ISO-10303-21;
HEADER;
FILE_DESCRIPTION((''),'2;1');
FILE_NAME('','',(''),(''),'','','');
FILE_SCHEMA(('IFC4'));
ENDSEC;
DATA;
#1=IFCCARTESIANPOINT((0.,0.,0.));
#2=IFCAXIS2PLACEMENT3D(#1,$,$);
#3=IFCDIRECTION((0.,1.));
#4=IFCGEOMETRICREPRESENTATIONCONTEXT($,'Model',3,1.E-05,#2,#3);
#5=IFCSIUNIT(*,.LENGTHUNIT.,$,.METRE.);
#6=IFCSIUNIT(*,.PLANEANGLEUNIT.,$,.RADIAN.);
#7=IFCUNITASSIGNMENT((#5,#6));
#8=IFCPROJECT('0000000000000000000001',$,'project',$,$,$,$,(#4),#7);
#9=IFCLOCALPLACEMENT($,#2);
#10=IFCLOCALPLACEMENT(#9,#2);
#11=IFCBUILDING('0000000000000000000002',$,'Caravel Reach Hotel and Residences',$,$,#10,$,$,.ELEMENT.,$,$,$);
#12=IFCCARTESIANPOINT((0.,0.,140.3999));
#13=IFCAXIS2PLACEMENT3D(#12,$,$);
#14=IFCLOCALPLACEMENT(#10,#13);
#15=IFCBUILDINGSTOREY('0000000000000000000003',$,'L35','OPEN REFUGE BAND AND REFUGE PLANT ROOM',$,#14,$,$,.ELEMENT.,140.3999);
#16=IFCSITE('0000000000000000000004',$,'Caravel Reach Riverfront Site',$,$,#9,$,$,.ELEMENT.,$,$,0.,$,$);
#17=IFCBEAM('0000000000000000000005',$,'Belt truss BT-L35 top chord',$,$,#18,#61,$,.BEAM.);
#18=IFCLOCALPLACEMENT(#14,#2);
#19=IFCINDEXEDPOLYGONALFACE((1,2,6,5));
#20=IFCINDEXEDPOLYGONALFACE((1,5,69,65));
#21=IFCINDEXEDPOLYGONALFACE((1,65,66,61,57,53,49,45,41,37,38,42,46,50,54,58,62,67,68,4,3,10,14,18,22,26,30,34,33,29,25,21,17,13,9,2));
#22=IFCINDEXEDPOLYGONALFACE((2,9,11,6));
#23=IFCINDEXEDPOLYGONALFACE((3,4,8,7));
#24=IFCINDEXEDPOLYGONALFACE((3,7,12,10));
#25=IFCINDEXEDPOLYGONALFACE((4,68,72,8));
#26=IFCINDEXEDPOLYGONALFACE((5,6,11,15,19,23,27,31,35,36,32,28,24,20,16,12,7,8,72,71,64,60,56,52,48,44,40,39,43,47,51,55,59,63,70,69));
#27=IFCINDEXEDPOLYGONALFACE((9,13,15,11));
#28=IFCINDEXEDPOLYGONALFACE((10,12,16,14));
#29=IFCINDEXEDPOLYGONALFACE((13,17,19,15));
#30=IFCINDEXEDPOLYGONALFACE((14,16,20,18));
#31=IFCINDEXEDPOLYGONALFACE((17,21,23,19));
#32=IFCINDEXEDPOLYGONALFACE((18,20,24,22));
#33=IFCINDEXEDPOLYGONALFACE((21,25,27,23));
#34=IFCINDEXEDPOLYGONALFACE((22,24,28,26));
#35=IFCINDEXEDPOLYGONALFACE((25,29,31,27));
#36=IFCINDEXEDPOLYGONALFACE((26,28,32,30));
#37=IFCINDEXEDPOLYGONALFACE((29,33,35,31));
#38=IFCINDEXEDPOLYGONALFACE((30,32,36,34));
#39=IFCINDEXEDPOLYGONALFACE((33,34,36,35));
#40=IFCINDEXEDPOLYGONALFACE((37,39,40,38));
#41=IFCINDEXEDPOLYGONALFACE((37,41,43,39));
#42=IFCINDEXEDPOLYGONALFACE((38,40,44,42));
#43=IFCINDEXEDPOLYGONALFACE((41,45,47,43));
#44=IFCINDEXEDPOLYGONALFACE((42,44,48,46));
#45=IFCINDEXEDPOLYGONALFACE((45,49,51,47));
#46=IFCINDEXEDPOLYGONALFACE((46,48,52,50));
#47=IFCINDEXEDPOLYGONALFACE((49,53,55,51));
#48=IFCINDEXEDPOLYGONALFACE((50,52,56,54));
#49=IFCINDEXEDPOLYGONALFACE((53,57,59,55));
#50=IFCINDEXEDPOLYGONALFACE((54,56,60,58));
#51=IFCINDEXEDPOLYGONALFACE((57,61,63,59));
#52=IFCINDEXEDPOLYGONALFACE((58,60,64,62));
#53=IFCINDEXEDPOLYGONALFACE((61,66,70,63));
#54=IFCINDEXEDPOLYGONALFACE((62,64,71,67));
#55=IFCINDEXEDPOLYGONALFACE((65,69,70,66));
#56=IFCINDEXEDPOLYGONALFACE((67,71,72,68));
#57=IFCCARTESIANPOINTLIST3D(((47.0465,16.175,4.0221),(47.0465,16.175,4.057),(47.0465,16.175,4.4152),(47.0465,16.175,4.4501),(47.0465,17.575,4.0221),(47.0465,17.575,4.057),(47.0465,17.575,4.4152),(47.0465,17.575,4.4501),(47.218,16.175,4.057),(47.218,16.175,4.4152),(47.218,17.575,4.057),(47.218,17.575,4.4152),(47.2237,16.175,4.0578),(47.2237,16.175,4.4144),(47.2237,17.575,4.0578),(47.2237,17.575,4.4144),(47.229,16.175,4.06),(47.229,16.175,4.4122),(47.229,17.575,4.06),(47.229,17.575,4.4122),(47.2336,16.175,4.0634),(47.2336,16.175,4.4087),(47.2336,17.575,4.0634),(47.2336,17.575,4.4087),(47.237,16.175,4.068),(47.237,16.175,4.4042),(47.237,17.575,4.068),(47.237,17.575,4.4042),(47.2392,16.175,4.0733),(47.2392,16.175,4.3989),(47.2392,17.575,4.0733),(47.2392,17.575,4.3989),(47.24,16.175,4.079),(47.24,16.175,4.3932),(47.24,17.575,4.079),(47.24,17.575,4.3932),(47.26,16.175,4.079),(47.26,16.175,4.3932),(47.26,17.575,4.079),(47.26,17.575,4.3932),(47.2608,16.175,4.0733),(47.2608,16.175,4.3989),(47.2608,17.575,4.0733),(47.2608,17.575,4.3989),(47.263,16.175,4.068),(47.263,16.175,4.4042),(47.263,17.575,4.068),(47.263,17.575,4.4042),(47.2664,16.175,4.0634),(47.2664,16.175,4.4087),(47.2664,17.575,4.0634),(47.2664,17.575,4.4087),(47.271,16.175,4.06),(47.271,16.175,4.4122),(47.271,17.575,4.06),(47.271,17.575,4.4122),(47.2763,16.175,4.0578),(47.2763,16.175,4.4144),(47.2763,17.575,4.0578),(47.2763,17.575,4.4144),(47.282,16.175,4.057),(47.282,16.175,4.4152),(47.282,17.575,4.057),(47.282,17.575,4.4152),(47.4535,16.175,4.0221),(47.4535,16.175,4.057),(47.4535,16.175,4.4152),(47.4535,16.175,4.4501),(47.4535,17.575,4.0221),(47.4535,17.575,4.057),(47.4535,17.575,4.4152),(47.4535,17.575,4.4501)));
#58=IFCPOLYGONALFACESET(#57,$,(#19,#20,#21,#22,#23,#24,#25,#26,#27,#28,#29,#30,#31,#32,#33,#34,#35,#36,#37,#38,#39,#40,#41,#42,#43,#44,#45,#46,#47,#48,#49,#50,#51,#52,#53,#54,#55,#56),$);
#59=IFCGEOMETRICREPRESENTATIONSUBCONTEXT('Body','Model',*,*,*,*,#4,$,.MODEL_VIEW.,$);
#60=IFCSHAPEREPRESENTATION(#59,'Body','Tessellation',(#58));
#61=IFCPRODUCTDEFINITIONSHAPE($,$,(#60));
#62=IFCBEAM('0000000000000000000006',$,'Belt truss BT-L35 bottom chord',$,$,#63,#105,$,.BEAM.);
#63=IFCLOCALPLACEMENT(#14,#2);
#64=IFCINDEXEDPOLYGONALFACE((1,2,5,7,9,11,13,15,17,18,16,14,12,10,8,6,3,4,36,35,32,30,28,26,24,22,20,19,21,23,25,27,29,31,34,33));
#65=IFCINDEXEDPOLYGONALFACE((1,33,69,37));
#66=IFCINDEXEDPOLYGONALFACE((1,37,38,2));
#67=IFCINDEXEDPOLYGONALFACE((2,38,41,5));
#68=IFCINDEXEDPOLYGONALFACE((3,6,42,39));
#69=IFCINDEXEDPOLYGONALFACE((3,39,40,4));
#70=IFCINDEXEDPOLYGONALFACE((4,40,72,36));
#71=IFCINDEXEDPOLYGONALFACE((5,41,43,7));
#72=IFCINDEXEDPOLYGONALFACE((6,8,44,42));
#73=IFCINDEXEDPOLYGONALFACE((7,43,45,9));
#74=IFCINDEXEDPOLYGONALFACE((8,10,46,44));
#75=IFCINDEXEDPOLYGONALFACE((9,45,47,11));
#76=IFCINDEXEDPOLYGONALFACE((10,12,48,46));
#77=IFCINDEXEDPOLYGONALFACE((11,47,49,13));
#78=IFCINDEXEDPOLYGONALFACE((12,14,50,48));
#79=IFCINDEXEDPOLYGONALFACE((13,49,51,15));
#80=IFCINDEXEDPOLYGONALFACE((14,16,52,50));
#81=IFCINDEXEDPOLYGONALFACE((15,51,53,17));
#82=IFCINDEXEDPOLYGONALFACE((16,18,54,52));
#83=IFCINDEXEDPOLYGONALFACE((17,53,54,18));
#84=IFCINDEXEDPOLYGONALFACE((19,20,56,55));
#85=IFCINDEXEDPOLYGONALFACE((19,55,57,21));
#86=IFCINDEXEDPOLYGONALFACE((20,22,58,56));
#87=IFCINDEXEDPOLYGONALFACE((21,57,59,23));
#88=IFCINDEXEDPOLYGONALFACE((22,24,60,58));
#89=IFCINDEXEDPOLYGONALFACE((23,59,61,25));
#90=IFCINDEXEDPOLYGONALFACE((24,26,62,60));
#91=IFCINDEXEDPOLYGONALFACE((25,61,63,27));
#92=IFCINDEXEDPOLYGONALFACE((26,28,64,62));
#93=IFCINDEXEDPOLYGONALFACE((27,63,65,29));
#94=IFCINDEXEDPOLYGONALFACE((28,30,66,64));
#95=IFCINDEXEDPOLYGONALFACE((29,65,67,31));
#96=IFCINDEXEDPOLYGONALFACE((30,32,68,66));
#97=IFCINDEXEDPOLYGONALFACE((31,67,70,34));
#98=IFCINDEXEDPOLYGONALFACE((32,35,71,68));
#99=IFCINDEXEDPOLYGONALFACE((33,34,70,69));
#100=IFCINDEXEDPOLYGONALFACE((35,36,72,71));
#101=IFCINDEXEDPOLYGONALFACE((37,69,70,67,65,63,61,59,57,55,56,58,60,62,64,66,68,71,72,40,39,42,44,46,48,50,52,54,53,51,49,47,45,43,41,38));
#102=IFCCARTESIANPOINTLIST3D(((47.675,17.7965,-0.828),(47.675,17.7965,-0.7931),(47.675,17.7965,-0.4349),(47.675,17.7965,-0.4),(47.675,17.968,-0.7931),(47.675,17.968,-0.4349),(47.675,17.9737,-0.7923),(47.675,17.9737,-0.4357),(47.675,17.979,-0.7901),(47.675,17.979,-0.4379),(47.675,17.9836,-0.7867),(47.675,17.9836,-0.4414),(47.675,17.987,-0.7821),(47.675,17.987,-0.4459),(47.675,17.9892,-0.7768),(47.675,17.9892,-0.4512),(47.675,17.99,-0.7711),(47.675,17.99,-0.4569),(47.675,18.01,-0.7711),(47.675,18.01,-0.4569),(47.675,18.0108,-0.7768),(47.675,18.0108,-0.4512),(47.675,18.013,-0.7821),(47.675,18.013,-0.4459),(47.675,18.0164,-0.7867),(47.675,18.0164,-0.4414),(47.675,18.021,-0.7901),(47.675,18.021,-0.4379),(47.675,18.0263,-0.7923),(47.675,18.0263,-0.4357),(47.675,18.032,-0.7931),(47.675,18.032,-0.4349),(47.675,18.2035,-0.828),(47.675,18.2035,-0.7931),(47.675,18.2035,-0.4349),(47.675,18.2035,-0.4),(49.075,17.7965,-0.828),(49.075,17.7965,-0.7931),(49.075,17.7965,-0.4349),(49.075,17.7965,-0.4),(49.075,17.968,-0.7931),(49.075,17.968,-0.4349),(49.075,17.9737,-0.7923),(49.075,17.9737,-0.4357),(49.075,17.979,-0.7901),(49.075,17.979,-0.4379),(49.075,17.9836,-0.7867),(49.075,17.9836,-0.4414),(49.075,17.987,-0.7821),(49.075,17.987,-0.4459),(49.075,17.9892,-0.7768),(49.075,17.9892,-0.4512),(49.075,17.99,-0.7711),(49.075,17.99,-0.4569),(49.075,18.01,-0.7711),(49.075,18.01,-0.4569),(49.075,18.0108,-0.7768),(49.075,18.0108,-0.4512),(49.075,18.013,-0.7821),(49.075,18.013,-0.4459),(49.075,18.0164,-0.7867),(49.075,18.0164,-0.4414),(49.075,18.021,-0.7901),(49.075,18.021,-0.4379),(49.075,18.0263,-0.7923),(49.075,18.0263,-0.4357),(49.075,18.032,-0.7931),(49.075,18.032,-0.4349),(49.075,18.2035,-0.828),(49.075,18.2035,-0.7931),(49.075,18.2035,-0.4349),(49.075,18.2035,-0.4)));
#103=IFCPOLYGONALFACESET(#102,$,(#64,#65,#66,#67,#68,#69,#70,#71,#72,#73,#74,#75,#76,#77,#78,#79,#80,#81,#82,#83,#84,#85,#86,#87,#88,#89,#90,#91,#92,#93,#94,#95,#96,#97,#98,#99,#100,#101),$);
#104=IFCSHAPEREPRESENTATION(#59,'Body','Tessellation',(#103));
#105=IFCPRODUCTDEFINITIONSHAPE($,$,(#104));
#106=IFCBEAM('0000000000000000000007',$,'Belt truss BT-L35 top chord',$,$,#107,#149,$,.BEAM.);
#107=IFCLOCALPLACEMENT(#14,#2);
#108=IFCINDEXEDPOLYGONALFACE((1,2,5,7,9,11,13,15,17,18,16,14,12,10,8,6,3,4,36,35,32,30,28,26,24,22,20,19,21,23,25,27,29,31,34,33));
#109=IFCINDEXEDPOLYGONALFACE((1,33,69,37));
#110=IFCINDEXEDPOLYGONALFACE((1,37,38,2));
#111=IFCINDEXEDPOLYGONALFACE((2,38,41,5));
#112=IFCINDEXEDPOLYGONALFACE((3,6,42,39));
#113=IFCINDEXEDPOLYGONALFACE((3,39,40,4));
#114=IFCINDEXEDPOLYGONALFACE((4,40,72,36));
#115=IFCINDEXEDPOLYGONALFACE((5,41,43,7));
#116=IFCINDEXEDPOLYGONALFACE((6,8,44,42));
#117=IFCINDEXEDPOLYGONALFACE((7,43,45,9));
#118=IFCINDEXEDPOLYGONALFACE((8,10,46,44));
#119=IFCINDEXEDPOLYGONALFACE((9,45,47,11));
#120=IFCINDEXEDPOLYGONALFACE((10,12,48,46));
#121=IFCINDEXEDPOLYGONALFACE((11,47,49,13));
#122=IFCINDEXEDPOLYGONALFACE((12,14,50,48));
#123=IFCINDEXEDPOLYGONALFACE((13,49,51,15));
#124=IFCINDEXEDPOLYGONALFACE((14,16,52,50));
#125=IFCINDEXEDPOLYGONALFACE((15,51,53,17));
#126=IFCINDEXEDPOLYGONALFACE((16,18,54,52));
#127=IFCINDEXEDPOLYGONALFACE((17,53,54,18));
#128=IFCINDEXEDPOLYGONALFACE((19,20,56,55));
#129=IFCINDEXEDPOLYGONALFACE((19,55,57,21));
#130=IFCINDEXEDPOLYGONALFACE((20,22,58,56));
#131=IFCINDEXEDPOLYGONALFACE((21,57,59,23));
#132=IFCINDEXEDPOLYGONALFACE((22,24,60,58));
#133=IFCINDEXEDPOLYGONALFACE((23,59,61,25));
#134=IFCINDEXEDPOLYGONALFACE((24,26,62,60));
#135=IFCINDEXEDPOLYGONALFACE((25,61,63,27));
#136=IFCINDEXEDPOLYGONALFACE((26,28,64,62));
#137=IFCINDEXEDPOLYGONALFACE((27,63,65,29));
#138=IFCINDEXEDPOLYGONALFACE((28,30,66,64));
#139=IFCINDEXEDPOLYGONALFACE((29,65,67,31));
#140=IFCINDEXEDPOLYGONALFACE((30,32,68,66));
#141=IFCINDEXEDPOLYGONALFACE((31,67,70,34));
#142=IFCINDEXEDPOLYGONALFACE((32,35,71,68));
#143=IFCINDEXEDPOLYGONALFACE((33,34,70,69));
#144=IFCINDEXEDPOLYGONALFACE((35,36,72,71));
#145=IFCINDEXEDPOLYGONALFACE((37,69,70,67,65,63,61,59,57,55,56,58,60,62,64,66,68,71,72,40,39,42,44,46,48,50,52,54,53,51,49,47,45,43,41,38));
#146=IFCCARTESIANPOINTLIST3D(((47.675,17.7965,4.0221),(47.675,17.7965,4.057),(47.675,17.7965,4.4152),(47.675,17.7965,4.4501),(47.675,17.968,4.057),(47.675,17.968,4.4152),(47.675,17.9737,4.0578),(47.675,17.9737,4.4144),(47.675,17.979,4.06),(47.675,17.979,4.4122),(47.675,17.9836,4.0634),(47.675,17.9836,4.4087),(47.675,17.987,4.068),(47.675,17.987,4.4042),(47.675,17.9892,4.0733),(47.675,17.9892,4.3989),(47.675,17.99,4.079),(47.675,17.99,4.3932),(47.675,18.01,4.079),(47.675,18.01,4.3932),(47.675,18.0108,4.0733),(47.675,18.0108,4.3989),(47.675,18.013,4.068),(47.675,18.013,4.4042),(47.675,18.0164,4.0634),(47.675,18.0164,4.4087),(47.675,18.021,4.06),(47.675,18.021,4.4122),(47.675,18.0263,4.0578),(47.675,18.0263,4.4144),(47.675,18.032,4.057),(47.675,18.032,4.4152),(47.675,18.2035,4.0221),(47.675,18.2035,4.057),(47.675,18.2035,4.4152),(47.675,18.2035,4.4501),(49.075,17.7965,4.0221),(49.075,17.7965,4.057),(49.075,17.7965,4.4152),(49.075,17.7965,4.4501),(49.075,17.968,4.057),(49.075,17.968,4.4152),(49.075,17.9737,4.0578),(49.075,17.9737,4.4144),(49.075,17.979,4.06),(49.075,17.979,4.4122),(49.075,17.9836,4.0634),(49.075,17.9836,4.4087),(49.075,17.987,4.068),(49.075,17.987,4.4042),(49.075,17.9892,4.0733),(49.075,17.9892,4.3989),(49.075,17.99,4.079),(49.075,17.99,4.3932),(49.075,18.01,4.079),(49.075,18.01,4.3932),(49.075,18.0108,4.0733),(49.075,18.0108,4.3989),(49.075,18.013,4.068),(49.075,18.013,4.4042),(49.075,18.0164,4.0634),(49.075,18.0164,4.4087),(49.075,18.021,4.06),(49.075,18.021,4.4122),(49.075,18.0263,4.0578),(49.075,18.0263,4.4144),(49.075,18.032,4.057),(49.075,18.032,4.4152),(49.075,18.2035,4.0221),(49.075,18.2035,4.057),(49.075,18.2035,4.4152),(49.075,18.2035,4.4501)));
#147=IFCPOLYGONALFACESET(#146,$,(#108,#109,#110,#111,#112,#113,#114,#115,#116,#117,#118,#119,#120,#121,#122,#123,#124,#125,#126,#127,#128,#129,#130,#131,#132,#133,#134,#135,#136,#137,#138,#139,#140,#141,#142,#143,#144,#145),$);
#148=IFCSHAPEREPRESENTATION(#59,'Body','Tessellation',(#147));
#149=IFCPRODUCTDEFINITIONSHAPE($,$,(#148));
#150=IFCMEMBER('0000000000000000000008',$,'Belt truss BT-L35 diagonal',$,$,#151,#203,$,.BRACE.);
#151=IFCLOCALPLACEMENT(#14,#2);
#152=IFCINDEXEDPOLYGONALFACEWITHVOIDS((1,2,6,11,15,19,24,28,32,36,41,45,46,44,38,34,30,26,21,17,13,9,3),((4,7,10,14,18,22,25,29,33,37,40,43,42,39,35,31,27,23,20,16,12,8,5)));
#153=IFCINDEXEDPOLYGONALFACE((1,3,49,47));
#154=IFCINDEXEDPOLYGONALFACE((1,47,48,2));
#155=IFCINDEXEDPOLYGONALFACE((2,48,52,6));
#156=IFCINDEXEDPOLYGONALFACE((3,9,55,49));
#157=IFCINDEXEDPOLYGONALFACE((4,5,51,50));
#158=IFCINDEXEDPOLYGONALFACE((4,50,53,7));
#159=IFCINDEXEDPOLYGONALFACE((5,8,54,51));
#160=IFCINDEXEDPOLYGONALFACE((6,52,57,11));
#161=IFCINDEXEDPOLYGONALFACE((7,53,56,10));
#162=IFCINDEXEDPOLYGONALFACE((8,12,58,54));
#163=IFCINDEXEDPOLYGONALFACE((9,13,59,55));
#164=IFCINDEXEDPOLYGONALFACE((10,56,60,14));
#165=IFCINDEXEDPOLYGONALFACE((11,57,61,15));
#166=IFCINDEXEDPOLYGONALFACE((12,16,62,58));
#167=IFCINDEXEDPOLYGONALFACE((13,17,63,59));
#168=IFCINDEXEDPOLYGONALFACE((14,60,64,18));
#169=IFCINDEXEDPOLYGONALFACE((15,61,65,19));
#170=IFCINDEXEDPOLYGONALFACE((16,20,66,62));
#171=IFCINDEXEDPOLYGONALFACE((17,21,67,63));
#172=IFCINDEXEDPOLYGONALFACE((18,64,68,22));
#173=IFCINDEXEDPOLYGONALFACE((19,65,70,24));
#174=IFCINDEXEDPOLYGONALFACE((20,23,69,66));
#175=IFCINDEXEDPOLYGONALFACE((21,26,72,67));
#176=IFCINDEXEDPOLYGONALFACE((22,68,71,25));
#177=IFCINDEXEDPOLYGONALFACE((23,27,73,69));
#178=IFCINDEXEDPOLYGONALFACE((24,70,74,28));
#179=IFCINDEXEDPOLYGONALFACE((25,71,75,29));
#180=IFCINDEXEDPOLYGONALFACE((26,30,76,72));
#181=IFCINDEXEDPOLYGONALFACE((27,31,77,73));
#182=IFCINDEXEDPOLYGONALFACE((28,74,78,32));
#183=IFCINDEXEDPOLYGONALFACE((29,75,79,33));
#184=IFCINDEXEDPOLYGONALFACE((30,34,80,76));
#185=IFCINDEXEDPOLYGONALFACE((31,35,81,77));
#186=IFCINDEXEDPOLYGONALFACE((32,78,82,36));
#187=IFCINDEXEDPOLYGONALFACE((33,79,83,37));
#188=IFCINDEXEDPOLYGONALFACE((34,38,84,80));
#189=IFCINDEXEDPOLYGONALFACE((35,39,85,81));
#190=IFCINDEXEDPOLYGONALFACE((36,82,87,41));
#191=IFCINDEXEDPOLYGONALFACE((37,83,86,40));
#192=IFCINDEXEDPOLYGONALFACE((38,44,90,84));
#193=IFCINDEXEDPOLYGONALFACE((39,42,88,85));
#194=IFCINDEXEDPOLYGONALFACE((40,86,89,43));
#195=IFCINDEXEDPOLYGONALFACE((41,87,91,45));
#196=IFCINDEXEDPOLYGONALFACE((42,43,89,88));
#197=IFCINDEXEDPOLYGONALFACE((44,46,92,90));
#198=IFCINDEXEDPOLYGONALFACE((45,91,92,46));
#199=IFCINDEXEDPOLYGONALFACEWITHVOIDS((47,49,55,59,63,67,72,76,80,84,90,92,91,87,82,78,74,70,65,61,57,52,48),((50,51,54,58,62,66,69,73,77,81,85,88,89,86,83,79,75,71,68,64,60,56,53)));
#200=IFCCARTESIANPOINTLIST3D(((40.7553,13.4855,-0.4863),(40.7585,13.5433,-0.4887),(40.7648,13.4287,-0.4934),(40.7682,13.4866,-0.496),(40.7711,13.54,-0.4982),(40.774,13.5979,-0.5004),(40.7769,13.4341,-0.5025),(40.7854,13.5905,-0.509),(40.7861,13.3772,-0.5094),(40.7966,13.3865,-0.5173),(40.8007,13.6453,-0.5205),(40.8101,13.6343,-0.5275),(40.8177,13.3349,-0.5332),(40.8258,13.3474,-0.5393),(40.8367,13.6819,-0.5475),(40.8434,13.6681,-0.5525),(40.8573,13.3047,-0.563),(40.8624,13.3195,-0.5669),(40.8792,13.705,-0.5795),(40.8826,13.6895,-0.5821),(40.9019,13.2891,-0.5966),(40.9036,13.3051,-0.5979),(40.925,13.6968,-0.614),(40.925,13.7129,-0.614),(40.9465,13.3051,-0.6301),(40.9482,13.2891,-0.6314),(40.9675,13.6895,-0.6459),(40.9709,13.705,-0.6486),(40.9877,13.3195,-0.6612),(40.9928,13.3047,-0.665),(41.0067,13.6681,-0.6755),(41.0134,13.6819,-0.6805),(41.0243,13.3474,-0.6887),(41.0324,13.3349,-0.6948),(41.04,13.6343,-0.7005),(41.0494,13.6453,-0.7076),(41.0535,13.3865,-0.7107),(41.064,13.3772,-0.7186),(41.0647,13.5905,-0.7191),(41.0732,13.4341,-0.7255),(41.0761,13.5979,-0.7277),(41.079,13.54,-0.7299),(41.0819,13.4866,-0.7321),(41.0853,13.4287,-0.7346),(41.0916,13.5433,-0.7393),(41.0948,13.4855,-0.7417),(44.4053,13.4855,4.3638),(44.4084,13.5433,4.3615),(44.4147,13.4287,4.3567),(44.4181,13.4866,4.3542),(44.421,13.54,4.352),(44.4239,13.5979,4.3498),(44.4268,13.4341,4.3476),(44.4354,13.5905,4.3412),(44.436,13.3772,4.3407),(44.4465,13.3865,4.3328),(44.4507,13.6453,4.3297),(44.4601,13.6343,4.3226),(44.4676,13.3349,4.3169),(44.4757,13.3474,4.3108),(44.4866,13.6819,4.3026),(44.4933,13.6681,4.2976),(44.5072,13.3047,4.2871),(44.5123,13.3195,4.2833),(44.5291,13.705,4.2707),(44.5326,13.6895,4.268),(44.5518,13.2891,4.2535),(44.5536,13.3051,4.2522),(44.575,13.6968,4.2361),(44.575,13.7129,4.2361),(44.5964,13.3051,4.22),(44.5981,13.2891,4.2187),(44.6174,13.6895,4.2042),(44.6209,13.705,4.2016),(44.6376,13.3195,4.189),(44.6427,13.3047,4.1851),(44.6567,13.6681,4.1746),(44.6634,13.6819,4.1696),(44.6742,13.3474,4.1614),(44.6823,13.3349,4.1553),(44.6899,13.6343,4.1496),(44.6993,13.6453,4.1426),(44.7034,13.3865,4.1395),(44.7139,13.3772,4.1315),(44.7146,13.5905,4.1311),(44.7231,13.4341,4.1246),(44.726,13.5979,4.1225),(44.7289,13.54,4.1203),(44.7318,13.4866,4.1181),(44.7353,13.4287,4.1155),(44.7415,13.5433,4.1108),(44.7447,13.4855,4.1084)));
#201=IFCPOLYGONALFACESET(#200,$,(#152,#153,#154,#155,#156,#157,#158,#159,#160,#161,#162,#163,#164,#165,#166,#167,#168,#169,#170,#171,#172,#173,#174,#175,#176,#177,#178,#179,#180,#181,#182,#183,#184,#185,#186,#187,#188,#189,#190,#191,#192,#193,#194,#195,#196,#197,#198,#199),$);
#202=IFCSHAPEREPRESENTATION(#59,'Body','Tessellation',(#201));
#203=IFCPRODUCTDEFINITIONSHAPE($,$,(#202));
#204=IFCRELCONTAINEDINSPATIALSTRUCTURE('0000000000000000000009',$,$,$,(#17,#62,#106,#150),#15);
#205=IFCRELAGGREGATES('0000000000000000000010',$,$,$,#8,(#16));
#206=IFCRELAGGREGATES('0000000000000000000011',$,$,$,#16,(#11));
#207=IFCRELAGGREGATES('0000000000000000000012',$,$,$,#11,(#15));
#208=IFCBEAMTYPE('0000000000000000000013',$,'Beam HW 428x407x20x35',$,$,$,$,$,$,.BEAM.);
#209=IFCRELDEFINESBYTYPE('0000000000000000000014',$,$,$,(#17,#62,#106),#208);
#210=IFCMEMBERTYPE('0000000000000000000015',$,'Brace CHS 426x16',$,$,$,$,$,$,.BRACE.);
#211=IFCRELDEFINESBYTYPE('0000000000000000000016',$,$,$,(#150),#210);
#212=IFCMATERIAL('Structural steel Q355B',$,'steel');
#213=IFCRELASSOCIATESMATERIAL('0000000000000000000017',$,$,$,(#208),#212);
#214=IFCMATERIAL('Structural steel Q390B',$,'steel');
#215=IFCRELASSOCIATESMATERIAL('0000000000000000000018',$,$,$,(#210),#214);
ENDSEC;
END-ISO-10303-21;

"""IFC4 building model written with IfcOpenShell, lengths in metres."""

from ifc_helpers import new_model, si_unit, direction, frame, origin, origin_2d, place, context, subcontext, project, spatial, hollow_circle, i_section, extrude, material, material_profile, profile_set, type_object, element, save


model = new_model("IFC4")

# Units and contexts
model_context = context("Model", 3, precision=1e-05, world=origin(), true_north=direction((0.0, 1.0)))
body_context = subcontext(model_context, "Body", "Model", "MODEL_VIEW")
ifc_project = project(units=[si_unit("LENGTHUNIT", "METRE"), si_unit("PLANEANGLEUNIT", "RADIAN")], contexts=[model_context])

# Site, building, storey
site_placement = place(None, origin())
site = spatial("IfcSite", under=ifc_project, at=site_placement, Name="Caravel Reach Riverfront Site", CompositionType="ELEMENT", RefElevation=0.0)
building_placement = place(site_placement, origin())
building = spatial("IfcBuilding", under=site, at=building_placement, Name="Caravel Reach Hotel and Residences", CompositionType="ELEMENT")
storey_placement = place(building_placement, frame((0.0, 0.0, 140.3999)))
storey = spatial("IfcBuildingStorey", under=building, at=storey_placement, Name="L35", Description="OPEN REFUGE BAND AND REFUGE PLANT ROOM", CompositionType="ELEMENT", Elevation=140.3999)

# Beams
ifc_material_1 = material(Name="Structural steel Q355B", Category="steel")
ifc_material_profile_1 = material_profile(ifc_material_1, i_section(OverallWidth=0.407, OverallDepth=0.428, WebThickness=0.02, FlangeThickness=0.0349, FilletRadius=0.022, at=origin_2d()), Name="HW 428x407x20x35")
ifc_profile_set_1 = profile_set([ifc_material_profile_1], Name="Structural steel Q355B")
beam_type_1 = type_object("IfcBeamType", Name="Beam HW 428x407x20x35", PredefinedType="BEAM", material=ifc_profile_set_1)
for number, where, z_axis, x_axis, name in (
    (1, (47.25, 16.175, 4.2361), (0.0, 1.0, 0.0), (-1.0, 0.0, 0.0), "Belt truss BT-L35 top chord"),
    (2, (47.675, 18.0, -0.614), (1.0, 0.0, 0.0), (0.0, 1.0, 0.0), "Belt truss BT-L35 bottom chord"),
    (3, (47.675, 18.0, 4.2361), (1.0, 0.0, 0.0), (0.0, 1.0, 0.0), "Belt truss BT-L35 top chord"),
):
    element("IfcBeam", number, at=place(storey_placement, frame(where, z_axis=z_axis, x_axis=x_axis)), inside=storey, type_object=beam_type_1, Name=name, PredefinedType="BEAM", context=body_context, shape_type="SweptSolid", body=[
        extrude(i_section(OverallWidth=0.407, OverallDepth=0.428, WebThickness=0.02, FlangeThickness=0.0349, FilletRadius=0.022, at=origin_2d()), origin(), (0.0, 0.0, 1.0), 1.3999),
    ])

# Member
ifc_material_2 = material(Name="Structural steel Q390B", Category="steel")
ifc_material_profile_2 = material_profile(ifc_material_2, hollow_circle(Radius=0.2129, WallThickness=0.0161, at=origin_2d()), Name="CHS 426x16")
ifc_profile_set_2 = profile_set([ifc_material_profile_2], Name="Structural steel Q390B")
member_type = type_object("IfcMemberType", Name="Brace CHS 426x16", PredefinedType="BRACE", material=ifc_profile_set_2)
member_placement = place(storey_placement, frame((40.925, 13.5, -0.614), z_axis=(0.601299, 0.0, 0.799024), x_axis=(0.0, 1.0, 0.0)))
element("IfcMember", 4, at=member_placement, inside=storey, type_object=member_type, Name="Belt truss BT-L35 diagonal", PredefinedType="BRACE", context=body_context, shape_type="SweptSolid", body=[
    extrude(hollow_circle(Radius=0.2129, WallThickness=0.0161, at=origin_2d()), origin(), (0.0, 0.0, 1.0), 6.0701),
])

save(model, "model.ifc")
